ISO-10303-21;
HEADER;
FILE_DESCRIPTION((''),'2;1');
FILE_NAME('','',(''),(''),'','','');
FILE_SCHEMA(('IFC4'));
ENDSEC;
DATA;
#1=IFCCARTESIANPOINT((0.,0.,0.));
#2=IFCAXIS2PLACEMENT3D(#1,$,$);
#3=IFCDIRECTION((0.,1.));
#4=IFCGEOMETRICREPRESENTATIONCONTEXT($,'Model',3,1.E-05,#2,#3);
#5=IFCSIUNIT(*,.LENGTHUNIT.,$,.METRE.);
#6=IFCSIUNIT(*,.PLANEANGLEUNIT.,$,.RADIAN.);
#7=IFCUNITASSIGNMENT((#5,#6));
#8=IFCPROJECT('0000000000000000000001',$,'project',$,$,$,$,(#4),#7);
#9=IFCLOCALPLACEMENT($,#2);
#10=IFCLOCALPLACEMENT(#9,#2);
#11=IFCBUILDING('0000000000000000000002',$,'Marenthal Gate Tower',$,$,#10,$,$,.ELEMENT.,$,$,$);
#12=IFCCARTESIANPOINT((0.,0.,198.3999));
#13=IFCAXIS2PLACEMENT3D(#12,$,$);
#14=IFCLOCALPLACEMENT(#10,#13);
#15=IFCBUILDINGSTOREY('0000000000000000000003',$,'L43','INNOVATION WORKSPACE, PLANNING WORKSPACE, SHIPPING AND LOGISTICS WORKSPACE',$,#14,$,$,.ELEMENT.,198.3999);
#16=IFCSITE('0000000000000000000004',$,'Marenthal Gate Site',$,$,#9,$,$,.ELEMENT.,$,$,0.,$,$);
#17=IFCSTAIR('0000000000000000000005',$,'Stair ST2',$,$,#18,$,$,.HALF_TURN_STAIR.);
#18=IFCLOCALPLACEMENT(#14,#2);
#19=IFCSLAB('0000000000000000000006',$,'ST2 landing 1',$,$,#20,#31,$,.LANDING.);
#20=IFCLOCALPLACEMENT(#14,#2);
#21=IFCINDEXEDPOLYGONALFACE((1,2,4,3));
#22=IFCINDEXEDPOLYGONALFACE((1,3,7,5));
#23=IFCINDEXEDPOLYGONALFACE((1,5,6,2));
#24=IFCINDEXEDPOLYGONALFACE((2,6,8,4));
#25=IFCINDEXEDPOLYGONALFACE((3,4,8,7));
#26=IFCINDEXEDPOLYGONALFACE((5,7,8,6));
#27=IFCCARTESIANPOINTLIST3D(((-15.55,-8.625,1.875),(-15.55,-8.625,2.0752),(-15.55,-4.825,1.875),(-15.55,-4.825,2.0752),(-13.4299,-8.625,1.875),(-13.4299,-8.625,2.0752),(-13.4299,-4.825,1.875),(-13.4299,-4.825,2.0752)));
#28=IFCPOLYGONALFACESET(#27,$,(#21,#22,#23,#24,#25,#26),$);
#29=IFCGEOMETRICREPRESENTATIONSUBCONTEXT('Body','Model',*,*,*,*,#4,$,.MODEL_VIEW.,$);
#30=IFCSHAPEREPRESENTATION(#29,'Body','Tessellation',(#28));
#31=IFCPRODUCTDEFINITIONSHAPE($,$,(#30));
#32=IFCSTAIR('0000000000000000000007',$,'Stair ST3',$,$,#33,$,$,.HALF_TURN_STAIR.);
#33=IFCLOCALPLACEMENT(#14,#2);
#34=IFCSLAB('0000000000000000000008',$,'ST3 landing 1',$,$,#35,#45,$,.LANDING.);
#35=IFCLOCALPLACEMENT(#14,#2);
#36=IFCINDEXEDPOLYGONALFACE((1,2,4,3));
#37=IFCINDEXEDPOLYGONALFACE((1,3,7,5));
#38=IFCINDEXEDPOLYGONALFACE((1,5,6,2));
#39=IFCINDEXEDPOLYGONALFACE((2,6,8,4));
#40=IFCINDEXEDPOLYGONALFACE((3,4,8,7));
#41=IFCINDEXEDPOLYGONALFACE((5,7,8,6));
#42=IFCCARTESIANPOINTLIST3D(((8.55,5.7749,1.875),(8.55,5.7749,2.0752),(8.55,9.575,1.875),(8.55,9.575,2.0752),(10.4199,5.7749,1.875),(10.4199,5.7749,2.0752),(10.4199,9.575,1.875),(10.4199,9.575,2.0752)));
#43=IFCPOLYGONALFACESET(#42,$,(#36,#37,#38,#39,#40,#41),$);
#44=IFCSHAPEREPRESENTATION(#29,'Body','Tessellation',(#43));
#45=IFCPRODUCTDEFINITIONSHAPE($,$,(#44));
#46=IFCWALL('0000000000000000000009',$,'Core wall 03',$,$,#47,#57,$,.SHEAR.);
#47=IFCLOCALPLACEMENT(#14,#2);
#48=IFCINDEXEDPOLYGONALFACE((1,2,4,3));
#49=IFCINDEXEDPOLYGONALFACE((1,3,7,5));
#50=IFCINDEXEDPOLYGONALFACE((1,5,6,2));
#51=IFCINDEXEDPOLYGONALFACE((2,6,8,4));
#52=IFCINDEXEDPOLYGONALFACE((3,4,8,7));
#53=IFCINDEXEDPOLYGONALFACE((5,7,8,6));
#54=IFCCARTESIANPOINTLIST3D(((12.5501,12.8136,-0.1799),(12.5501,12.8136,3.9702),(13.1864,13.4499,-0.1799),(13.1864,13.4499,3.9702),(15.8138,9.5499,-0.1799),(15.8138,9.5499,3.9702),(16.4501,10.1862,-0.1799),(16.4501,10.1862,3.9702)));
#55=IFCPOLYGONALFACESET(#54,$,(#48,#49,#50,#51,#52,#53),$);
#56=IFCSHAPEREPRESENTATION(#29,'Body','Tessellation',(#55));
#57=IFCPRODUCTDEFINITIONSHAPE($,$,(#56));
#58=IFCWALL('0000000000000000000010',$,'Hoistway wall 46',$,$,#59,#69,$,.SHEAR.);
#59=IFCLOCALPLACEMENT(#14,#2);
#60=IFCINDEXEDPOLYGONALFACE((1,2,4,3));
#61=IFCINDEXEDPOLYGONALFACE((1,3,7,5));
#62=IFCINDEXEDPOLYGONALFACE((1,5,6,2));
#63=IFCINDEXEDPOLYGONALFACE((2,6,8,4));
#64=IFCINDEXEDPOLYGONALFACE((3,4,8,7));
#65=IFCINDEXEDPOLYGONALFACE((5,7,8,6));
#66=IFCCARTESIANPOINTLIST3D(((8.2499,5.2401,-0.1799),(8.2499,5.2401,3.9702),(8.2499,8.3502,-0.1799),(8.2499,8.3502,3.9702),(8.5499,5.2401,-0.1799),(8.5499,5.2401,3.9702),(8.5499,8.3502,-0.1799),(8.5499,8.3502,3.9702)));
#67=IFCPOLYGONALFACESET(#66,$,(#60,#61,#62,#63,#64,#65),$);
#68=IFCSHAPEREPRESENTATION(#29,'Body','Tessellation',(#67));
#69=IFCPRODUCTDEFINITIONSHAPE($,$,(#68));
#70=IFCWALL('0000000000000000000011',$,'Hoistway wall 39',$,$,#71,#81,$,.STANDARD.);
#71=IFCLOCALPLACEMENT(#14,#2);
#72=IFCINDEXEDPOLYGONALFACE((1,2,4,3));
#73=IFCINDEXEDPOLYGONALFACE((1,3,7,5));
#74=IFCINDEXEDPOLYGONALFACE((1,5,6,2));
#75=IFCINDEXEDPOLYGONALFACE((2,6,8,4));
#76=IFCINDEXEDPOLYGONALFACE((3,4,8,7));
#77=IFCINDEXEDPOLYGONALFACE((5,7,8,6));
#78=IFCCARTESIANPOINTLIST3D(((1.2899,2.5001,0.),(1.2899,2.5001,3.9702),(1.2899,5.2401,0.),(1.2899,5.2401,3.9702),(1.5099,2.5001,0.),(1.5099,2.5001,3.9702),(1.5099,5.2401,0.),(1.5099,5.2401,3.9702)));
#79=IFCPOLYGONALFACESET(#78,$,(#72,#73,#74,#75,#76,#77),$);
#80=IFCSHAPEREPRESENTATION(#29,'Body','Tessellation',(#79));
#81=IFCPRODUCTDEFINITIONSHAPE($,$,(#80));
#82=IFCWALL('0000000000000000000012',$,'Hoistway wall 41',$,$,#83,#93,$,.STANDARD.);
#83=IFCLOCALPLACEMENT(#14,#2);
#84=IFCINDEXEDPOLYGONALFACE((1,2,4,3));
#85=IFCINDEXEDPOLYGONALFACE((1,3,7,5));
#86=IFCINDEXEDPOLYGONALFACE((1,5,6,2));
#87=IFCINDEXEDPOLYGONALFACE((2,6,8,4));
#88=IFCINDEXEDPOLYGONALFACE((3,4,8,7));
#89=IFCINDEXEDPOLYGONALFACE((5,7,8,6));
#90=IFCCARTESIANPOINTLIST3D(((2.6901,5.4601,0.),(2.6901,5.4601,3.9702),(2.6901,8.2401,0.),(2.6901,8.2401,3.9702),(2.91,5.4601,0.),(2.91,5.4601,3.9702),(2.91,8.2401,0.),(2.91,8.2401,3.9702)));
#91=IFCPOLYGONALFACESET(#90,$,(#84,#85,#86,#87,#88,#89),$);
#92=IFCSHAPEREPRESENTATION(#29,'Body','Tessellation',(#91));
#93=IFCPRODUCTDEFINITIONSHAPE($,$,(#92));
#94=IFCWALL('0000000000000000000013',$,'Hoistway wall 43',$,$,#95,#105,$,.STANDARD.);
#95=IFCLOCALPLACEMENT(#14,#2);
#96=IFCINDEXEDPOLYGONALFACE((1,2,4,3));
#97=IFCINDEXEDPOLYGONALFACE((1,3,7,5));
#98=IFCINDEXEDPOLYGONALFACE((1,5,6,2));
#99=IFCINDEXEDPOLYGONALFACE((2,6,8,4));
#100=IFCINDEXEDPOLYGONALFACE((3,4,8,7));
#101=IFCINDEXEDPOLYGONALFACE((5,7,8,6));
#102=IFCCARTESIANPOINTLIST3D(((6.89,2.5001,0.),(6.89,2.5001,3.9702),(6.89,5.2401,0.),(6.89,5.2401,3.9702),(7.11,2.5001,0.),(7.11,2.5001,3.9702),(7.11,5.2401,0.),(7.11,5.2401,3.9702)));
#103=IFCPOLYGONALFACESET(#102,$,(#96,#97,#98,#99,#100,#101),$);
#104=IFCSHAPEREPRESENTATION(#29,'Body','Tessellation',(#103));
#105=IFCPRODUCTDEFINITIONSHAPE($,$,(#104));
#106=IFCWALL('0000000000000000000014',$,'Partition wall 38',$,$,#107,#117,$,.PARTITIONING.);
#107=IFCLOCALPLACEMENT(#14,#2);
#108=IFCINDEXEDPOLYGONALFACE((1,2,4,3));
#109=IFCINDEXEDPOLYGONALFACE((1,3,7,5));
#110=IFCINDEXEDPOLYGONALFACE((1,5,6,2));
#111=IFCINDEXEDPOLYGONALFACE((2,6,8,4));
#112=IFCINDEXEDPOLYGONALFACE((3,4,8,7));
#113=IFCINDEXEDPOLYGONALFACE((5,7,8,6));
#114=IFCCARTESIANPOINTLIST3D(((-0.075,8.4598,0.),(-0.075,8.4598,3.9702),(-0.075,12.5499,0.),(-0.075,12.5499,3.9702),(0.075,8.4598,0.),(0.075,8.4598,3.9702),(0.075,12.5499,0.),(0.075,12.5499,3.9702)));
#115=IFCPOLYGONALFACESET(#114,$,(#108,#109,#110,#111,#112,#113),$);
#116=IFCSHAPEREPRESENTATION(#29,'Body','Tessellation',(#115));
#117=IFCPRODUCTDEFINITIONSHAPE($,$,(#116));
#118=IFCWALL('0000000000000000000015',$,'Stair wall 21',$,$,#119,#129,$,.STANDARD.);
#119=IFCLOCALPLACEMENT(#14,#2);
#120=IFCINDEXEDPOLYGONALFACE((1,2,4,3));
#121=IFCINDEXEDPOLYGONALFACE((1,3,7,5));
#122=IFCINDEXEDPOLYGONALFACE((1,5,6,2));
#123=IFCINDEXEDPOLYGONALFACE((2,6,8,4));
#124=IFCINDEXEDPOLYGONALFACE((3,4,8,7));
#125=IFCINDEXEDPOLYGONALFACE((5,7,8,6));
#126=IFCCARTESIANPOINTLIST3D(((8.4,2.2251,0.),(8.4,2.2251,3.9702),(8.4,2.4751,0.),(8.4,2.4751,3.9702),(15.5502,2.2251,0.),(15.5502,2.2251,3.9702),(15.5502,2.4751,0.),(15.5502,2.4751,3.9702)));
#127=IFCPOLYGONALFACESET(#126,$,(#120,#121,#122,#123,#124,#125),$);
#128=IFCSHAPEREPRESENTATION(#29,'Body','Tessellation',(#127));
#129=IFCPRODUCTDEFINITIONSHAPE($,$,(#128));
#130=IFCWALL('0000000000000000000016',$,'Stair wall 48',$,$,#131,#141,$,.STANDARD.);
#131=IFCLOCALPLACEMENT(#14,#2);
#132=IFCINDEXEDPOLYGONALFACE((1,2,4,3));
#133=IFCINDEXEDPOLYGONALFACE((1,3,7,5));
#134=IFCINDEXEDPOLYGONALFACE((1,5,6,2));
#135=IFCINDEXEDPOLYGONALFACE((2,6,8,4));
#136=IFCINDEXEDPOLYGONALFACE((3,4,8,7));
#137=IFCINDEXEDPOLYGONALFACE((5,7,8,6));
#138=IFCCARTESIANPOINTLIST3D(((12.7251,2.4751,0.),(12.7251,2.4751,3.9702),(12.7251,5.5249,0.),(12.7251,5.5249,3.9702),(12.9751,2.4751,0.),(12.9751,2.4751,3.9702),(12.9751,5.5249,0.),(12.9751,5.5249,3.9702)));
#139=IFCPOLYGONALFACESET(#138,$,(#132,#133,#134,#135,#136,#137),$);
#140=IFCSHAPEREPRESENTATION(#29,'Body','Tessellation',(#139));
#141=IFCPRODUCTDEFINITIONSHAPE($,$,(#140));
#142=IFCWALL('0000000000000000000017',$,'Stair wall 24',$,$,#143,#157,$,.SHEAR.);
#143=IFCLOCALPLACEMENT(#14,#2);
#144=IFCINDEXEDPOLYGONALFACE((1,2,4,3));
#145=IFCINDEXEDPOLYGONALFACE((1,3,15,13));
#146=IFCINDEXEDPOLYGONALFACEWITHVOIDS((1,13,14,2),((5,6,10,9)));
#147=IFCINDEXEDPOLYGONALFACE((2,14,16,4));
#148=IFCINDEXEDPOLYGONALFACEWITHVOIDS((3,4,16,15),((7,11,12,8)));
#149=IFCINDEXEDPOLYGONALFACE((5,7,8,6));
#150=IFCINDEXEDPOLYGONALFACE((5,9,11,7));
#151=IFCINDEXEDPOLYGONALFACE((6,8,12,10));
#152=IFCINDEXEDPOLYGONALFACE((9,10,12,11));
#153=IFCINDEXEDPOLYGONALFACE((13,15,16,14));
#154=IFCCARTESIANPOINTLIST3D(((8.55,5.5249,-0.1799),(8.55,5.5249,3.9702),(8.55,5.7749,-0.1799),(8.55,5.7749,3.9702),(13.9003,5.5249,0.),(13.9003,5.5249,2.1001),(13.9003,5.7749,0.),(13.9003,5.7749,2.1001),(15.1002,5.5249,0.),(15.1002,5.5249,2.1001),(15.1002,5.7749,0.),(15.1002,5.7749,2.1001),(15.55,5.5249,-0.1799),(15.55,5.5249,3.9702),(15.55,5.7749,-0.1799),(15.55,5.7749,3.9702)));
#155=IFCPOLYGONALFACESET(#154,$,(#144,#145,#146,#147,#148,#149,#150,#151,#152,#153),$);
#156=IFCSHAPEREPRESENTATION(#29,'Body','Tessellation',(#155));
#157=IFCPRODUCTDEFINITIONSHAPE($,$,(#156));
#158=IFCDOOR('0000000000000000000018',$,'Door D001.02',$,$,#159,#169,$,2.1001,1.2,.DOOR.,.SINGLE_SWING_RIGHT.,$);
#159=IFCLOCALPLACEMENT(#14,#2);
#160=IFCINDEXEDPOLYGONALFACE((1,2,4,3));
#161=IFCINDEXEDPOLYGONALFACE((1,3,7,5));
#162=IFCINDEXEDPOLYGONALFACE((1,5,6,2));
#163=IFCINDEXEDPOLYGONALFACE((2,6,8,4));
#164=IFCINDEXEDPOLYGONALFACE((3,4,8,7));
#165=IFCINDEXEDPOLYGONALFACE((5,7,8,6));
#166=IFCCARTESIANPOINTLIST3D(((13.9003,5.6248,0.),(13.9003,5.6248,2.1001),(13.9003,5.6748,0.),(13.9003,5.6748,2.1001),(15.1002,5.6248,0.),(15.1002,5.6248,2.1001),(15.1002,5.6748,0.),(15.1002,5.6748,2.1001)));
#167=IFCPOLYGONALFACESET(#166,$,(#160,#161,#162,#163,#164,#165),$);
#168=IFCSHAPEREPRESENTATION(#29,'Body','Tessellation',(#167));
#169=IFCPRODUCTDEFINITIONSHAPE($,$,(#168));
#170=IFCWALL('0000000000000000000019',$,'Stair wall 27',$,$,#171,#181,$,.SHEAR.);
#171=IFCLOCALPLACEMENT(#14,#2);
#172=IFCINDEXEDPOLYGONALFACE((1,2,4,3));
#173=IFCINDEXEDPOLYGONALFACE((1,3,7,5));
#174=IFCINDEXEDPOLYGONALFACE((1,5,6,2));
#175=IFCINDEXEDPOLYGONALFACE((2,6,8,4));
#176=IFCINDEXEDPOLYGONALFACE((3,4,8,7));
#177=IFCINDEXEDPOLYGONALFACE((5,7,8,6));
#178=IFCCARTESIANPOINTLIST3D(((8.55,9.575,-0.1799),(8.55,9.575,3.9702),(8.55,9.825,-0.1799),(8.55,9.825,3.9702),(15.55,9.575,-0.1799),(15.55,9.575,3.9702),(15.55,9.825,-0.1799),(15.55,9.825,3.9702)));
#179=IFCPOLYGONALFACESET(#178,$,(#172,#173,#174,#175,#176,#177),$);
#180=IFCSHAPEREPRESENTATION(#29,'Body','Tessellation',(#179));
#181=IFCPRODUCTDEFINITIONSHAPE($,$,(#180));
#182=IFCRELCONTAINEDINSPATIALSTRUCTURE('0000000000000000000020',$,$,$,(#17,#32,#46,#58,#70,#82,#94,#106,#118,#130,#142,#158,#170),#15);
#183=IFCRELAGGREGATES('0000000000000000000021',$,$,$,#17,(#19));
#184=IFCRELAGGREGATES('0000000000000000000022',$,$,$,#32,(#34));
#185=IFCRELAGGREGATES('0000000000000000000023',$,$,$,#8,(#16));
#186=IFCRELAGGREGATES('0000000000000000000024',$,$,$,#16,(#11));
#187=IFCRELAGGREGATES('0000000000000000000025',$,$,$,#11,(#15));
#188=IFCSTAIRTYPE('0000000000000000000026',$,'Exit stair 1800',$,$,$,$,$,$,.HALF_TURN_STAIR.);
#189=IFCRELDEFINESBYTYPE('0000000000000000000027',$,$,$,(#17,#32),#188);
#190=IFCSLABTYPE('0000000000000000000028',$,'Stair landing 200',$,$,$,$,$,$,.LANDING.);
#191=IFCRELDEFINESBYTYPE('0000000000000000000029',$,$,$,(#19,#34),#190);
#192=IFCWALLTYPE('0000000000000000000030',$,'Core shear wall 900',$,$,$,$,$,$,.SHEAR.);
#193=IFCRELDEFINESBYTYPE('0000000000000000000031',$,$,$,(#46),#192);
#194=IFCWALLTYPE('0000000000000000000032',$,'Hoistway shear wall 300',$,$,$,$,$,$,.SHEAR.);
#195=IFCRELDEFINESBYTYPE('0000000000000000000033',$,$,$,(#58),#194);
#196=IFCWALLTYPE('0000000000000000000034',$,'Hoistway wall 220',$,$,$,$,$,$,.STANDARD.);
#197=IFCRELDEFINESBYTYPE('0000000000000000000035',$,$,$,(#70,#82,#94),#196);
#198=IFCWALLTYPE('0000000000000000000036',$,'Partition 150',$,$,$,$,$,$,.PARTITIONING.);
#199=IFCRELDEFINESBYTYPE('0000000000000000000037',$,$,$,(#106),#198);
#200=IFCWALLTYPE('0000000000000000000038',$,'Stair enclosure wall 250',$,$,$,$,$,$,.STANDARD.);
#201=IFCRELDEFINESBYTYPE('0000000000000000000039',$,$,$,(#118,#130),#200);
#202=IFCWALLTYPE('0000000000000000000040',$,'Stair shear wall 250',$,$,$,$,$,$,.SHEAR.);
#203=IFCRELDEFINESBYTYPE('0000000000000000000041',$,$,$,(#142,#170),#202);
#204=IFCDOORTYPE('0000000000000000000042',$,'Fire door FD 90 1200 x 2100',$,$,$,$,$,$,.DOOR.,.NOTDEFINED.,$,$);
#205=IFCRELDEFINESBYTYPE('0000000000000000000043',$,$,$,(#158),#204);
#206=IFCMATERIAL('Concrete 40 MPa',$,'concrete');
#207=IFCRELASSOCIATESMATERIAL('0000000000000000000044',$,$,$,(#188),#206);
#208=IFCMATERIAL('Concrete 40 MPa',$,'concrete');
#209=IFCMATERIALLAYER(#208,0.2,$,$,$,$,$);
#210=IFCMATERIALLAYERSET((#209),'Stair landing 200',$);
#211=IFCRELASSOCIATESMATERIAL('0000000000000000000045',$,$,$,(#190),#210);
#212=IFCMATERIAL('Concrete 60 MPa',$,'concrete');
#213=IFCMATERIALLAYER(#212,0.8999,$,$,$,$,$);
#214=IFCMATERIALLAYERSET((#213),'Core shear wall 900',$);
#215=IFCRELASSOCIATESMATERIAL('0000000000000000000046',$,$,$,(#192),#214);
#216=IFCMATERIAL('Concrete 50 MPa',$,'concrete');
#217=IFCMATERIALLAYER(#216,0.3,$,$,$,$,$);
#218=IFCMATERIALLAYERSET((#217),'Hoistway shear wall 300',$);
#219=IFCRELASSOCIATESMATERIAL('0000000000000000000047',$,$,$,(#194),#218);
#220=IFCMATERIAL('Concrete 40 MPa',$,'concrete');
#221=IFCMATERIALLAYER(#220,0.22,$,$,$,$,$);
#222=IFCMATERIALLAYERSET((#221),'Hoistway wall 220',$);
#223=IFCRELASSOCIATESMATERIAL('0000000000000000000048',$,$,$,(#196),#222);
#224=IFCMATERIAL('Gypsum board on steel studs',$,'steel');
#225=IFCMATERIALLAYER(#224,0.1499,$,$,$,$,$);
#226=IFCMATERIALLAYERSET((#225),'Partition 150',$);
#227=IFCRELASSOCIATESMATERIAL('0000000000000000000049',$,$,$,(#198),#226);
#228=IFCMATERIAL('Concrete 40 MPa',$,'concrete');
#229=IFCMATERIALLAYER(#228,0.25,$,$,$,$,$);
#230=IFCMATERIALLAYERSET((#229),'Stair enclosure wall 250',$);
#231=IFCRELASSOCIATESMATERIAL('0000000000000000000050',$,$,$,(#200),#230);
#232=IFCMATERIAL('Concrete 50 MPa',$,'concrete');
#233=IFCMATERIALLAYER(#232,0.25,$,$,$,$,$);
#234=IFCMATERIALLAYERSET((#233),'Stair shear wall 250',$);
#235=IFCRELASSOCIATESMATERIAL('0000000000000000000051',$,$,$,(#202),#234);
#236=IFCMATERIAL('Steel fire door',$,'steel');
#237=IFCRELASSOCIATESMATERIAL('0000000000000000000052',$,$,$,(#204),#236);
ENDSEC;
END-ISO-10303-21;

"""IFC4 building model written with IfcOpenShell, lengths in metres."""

from ifc_helpers import new_model, si_unit, direction, frame, frame_2d, origin, place, context, subcontext, project, spatial, polyline, rectangle, outline, extrude, material, layer, layer_set, type_object, element, fill, aggregate, save


model = new_model("IFC4")

# Units and contexts
model_context = context("Model", 3, precision=1e-05, world=origin(), true_north=direction((0.0, 1.0)))
body_context = subcontext(model_context, "Body", "Model", "MODEL_VIEW")
ifc_project = project(units=[si_unit("LENGTHUNIT", "METRE"), si_unit("PLANEANGLEUNIT", "RADIAN")], contexts=[model_context])

# Site, building, storey
site_placement = place(None, origin())
site = spatial("IfcSite", under=ifc_project, at=site_placement, Name="Marenthal Gate Site", CompositionType="ELEMENT", RefElevation=0.0)
building_placement = place(site_placement, origin())
building = spatial("IfcBuilding", under=site, at=building_placement, Name="Marenthal Gate Tower", CompositionType="ELEMENT")
storey_placement = place(building_placement, frame((0.0, 0.0, 198.3999)))
storey = spatial("IfcBuildingStorey", under=building, at=storey_placement, Name="L43", Description="INNOVATION WORKSPACE, PLANNING WORKSPACE, SHIPPING AND LOGISTICS WORKSPACE", CompositionType="ELEMENT", Elevation=198.3999)

# Stairs, slabs
ifc_material_1 = material(Name="Concrete 40 MPa", Category="concrete")
stair_type = type_object("IfcStairType", Name="Exit stair 1800", PredefinedType="HALF_TURN_STAIR", material=ifc_material_1)
stair_1_placement = place(storey_placement, origin())
stair_1 = element("IfcStair", 1, at=stair_1_placement, inside=storey, type_object=stair_type, Name="Stair ST2", PredefinedType="HALF_TURN_STAIR")
ifc_material_2 = material(Name="Concrete 40 MPa", Category="concrete")
ifc_layer_1 = layer(ifc_material_2, 0.2)
ifc_layer_set_1 = layer_set([ifc_layer_1], Name="Stair landing 200")
slab_type = type_object("IfcSlabType", Name="Stair landing 200", PredefinedType="LANDING", material=ifc_layer_set_1)
slab_1_placement = place(storey_placement, frame((0.0, 0.0, 1.875)))
slab_1 = element("IfcSlab", 2, at=slab_1_placement, type_object=slab_type, Name="ST2 landing 1", PredefinedType="LANDING", context=body_context, shape_type="SweptSolid", body=[
    extrude(outline(polyline([(-15.55, -8.625), (-13.4299, -8.625), (-13.4299, -4.825), (-15.55, -4.825), (-15.55, -8.625)])), origin(), (0.0, 0.0, 1.0), 0.2002),
])
aggregate(stair_1, [slab_1])
stair_2_placement = place(storey_placement, origin())
stair_2 = element("IfcStair", 3, at=stair_2_placement, inside=storey, type_object=stair_type, Name="Stair ST3", PredefinedType="HALF_TURN_STAIR")
slab_2_placement = place(storey_placement, frame((0.0, 0.0, 1.875)))
slab_2 = element("IfcSlab", 4, at=slab_2_placement, type_object=slab_type, Name="ST3 landing 1", PredefinedType="LANDING", context=body_context, shape_type="SweptSolid", body=[
    extrude(outline(polyline([(8.55, 5.7749), (10.4199, 5.7749), (10.4199, 9.575), (8.55, 9.575), (8.55, 5.7749)])), origin(), (0.0, 0.0, 1.0), 0.2002),
])

# Walls
ifc_material_3 = material(Name="Concrete 60 MPa", Category="concrete")
ifc_layer_2 = layer(ifc_material_3, 0.8999)
ifc_layer_set_2 = layer_set([ifc_layer_2], Name="Core shear wall 900")
wall_type_1 = type_object("IfcWallType", Name="Core shear wall 900", PredefinedType="SHEAR", material=ifc_layer_set_2)
wall_1_placement = place(storey_placement, frame((16.1318, 9.8682, -0.1799), z_axis=(0.0, 0.0, 1.0), x_axis=(-0.707107, 0.707107, 0.0)))
element("IfcWall", 5, at=wall_1_placement, inside=storey, type_object=wall_type_1, Name="Core wall 03", PredefinedType="SHEAR", context=body_context, shape_type="SweptSolid", body=[
    extrude(rectangle(XDim=4.6155, YDim=0.8999, at=frame_2d((2.3076, 0.0))), origin(), (0.0, 0.0, 1.0), 4.1501),
])
ifc_material_4 = material(Name="Concrete 50 MPa", Category="concrete")
ifc_layer_3 = layer(ifc_material_4, 0.3)
ifc_layer_set_3 = layer_set([ifc_layer_3], Name="Hoistway shear wall 300")
wall_type_2 = type_object("IfcWallType", Name="Hoistway shear wall 300", PredefinedType="SHEAR", material=ifc_layer_set_3)
wall_2_placement = place(storey_placement, frame((8.3999, 5.24, -0.1799), z_axis=(0.0, 0.0, 1.0), x_axis=(0.0, 1.0, 0.0)))
element("IfcWall", 6, at=wall_2_placement, inside=storey, type_object=wall_type_2, Name="Hoistway wall 46", PredefinedType="SHEAR", context=body_context, shape_type="SweptSolid", body=[
    extrude(rectangle(XDim=3.1101, YDim=0.3, at=frame_2d((1.5552, 0.0))), origin(), (0.0, 0.0, 1.0), 4.1501),
])
ifc_material_5 = material(Name="Concrete 40 MPa", Category="concrete")
ifc_layer_4 = layer(ifc_material_5, 0.22)
ifc_layer_set_4 = layer_set([ifc_layer_4], Name="Hoistway wall 220")
wall_type_3 = type_object("IfcWallType", Name="Hoistway wall 220", PredefinedType="STANDARD", material=ifc_layer_set_4)
wall_3_placement = place(storey_placement, frame((1.3999, 2.5, 0.0), z_axis=(0.0, 0.0, 1.0), x_axis=(0.0, 1.0, 0.0)))
element("IfcWall", 7, at=wall_3_placement, inside=storey, type_object=wall_type_3, Name="Hoistway wall 39", PredefinedType="STANDARD", context=body_context, shape_type="SweptSolid", body=[
    extrude(rectangle(XDim=2.74, YDim=0.22, at=frame_2d((1.3701, 0.0))), origin(), (0.0, 0.0, 1.0), 3.9702),
])
wall_4_placement = place(storey_placement, frame((2.8, 5.46, 0.0), z_axis=(0.0, 0.0, 1.0), x_axis=(0.0, 1.0, 0.0)))
element("IfcWall", 8, at=wall_4_placement, inside=storey, type_object=wall_type_3, Name="Hoistway wall 41", PredefinedType="STANDARD", context=body_context, shape_type="SweptSolid", body=[
    extrude(rectangle(XDim=2.78, YDim=0.22, at=frame_2d((1.3901, 0.0))), origin(), (0.0, 0.0, 1.0), 3.9702),
])
wall_5_placement = place(storey_placement, frame((7.0, 2.5, 0.0), z_axis=(0.0, 0.0, 1.0), x_axis=(0.0, 1.0, 0.0)))
element("IfcWall", 9, at=wall_5_placement, inside=storey, type_object=wall_type_3, Name="Hoistway wall 43", PredefinedType="STANDARD", context=body_context, shape_type="SweptSolid", body=[
    extrude(rectangle(XDim=2.74, YDim=0.22, at=frame_2d((1.3701, 0.0))), origin(), (0.0, 0.0, 1.0), 3.9702),
])
ifc_material_6 = material(Name="Gypsum board on steel studs", Category="steel")
ifc_layer_5 = layer(ifc_material_6, 0.1499)
ifc_layer_set_5 = layer_set([ifc_layer_5], Name="Partition 150")
wall_type_4 = type_object("IfcWallType", Name="Partition 150", PredefinedType="PARTITIONING", material=ifc_layer_set_5)
wall_6_placement = place(storey_placement, frame((0.0, 8.46, 0.0), z_axis=(0.0, 0.0, 1.0), x_axis=(0.0, 1.0, 0.0)))
element("IfcWall", 10, at=wall_6_placement, inside=storey, type_object=wall_type_4, Name="Partition wall 38", PredefinedType="PARTITIONING", context=body_context, shape_type="SweptSolid", body=[
    extrude(rectangle(XDim=4.0901, YDim=0.1499, at=frame_2d((2.0449, 0.0))), origin(), (0.0, 0.0, 1.0), 3.9702),
])
ifc_material_7 = material(Name="Concrete 40 MPa", Category="concrete")
ifc_layer_6 = layer(ifc_material_7, 0.25)
ifc_layer_set_6 = layer_set([ifc_layer_6], Name="Stair enclosure wall 250")
wall_type_5 = type_object("IfcWallType", Name="Stair enclosure wall 250", PredefinedType="STANDARD", material=ifc_layer_set_6)
wall_7_placement = place(storey_placement, frame((8.3999, 2.3501, 0.0), z_axis=(0.0, 0.0, 1.0), x_axis=(1.0, 0.0, 0.0)))
element("IfcWall", 11, at=wall_7_placement, inside=storey, type_object=wall_type_5, Name="Stair wall 21", PredefinedType="STANDARD", context=body_context, shape_type="SweptSolid", body=[
    extrude(rectangle(XDim=7.1501, YDim=0.25, at=frame_2d((3.5752, 0.0))), origin(), (0.0, 0.0, 1.0), 3.9702),
])
wall_8_placement = place(storey_placement, frame((12.8501, 2.4751, 0.0), z_axis=(0.0, 0.0, 1.0), x_axis=(0.0, 1.0, 0.0)))
element("IfcWall", 12, at=wall_8_placement, inside=storey, type_object=wall_type_5, Name="Stair wall 48", PredefinedType="STANDARD", context=body_context, shape_type="SweptSolid", body=[
    extrude(rectangle(XDim=3.0498, YDim=0.25, at=frame_2d((1.5249, 0.0))), origin(), (0.0, 0.0, 1.0), 3.9702),
])

# Wall, opening, door
ifc_material_8 = material(Name="Concrete 50 MPa", Category="concrete")
ifc_layer_7 = layer(ifc_material_8, 0.25)
ifc_layer_set_7 = layer_set([ifc_layer_7], Name="Stair shear wall 250")
wall_type_6 = type_object("IfcWallType", Name="Stair shear wall 250", PredefinedType="SHEAR", material=ifc_layer_set_7)
wall_9_placement = place(storey_placement, frame((8.55, 5.6499, -0.1799), z_axis=(0.0, 0.0, 1.0), x_axis=(1.0, 0.0, 0.0)))
wall_9 = element("IfcWall", 13, at=wall_9_placement, inside=storey, type_object=wall_type_6, Name="Stair wall 24", PredefinedType="SHEAR", context=body_context, shape_type="SweptSolid", body=[
    extrude(rectangle(XDim=7.0, YDim=0.25, at=frame_2d((3.5, 0.0))), origin(), (0.0, 0.0, 1.0), 4.1501),
])
opening_placement = place(wall_9_placement, frame((5.3501, 0.0, 0.1799)))
opening = element("IfcOpeningElement", 14, at=opening_placement, cuts=wall_9, PredefinedType="OPENING", context=body_context, shape_type="SweptSolid", body=[
    extrude(rectangle(XDim=1.2, YDim=2.1001, at=frame_2d((0.6001, 1.05))), frame((0.0, 0.135, 0.0), z_axis=(0.0, -1.0, 0.0), x_axis=(1.0, 0.0, 0.0)), (0.0, 0.0, 1.0), 0.27),
])
ifc_material_9 = material(Name="Steel fire door", Category="steel")
door_type = type_object("IfcDoorType", Name="Fire door FD 90 1200 x 2100", OperationType="NOTDEFINED", PredefinedType="DOOR", material=ifc_material_9)
door_placement = place(opening_placement, origin())
door = element("IfcDoor", 15, at=door_placement, inside=storey, type_object=door_type, Name="Door D001.02", OperationType="SINGLE_SWING_RIGHT", OverallHeight=2.1001, OverallWidth=1.2, PredefinedType="DOOR", context=body_context, shape_type="SweptSolid", body=[
    extrude(rectangle(XDim=1.2, YDim=2.1001, at=frame_2d((0.6001, 1.05))), frame((0.0, 0.0249, 0.0), z_axis=(0.0, -1.0, 0.0), x_axis=(1.0, 0.0, 0.0)), (0.0, 0.0, 1.0), 0.05),
])
fill(opening, door)

# Wall
wall_10_placement = place(storey_placement, frame((8.55, 9.7, -0.1799), z_axis=(0.0, 0.0, 1.0), x_axis=(1.0, 0.0, 0.0)))
element("IfcWall", 16, at=wall_10_placement, inside=storey, type_object=wall_type_6, Name="Stair wall 27", PredefinedType="SHEAR", context=body_context, shape_type="SweptSolid", body=[
    extrude(rectangle(XDim=7.0, YDim=0.25, at=frame_2d((3.5, 0.0))), origin(), (0.0, 0.0, 1.0), 4.1501),
])

aggregate(stair_2, [slab_2])

save(model, "model.ifc")
